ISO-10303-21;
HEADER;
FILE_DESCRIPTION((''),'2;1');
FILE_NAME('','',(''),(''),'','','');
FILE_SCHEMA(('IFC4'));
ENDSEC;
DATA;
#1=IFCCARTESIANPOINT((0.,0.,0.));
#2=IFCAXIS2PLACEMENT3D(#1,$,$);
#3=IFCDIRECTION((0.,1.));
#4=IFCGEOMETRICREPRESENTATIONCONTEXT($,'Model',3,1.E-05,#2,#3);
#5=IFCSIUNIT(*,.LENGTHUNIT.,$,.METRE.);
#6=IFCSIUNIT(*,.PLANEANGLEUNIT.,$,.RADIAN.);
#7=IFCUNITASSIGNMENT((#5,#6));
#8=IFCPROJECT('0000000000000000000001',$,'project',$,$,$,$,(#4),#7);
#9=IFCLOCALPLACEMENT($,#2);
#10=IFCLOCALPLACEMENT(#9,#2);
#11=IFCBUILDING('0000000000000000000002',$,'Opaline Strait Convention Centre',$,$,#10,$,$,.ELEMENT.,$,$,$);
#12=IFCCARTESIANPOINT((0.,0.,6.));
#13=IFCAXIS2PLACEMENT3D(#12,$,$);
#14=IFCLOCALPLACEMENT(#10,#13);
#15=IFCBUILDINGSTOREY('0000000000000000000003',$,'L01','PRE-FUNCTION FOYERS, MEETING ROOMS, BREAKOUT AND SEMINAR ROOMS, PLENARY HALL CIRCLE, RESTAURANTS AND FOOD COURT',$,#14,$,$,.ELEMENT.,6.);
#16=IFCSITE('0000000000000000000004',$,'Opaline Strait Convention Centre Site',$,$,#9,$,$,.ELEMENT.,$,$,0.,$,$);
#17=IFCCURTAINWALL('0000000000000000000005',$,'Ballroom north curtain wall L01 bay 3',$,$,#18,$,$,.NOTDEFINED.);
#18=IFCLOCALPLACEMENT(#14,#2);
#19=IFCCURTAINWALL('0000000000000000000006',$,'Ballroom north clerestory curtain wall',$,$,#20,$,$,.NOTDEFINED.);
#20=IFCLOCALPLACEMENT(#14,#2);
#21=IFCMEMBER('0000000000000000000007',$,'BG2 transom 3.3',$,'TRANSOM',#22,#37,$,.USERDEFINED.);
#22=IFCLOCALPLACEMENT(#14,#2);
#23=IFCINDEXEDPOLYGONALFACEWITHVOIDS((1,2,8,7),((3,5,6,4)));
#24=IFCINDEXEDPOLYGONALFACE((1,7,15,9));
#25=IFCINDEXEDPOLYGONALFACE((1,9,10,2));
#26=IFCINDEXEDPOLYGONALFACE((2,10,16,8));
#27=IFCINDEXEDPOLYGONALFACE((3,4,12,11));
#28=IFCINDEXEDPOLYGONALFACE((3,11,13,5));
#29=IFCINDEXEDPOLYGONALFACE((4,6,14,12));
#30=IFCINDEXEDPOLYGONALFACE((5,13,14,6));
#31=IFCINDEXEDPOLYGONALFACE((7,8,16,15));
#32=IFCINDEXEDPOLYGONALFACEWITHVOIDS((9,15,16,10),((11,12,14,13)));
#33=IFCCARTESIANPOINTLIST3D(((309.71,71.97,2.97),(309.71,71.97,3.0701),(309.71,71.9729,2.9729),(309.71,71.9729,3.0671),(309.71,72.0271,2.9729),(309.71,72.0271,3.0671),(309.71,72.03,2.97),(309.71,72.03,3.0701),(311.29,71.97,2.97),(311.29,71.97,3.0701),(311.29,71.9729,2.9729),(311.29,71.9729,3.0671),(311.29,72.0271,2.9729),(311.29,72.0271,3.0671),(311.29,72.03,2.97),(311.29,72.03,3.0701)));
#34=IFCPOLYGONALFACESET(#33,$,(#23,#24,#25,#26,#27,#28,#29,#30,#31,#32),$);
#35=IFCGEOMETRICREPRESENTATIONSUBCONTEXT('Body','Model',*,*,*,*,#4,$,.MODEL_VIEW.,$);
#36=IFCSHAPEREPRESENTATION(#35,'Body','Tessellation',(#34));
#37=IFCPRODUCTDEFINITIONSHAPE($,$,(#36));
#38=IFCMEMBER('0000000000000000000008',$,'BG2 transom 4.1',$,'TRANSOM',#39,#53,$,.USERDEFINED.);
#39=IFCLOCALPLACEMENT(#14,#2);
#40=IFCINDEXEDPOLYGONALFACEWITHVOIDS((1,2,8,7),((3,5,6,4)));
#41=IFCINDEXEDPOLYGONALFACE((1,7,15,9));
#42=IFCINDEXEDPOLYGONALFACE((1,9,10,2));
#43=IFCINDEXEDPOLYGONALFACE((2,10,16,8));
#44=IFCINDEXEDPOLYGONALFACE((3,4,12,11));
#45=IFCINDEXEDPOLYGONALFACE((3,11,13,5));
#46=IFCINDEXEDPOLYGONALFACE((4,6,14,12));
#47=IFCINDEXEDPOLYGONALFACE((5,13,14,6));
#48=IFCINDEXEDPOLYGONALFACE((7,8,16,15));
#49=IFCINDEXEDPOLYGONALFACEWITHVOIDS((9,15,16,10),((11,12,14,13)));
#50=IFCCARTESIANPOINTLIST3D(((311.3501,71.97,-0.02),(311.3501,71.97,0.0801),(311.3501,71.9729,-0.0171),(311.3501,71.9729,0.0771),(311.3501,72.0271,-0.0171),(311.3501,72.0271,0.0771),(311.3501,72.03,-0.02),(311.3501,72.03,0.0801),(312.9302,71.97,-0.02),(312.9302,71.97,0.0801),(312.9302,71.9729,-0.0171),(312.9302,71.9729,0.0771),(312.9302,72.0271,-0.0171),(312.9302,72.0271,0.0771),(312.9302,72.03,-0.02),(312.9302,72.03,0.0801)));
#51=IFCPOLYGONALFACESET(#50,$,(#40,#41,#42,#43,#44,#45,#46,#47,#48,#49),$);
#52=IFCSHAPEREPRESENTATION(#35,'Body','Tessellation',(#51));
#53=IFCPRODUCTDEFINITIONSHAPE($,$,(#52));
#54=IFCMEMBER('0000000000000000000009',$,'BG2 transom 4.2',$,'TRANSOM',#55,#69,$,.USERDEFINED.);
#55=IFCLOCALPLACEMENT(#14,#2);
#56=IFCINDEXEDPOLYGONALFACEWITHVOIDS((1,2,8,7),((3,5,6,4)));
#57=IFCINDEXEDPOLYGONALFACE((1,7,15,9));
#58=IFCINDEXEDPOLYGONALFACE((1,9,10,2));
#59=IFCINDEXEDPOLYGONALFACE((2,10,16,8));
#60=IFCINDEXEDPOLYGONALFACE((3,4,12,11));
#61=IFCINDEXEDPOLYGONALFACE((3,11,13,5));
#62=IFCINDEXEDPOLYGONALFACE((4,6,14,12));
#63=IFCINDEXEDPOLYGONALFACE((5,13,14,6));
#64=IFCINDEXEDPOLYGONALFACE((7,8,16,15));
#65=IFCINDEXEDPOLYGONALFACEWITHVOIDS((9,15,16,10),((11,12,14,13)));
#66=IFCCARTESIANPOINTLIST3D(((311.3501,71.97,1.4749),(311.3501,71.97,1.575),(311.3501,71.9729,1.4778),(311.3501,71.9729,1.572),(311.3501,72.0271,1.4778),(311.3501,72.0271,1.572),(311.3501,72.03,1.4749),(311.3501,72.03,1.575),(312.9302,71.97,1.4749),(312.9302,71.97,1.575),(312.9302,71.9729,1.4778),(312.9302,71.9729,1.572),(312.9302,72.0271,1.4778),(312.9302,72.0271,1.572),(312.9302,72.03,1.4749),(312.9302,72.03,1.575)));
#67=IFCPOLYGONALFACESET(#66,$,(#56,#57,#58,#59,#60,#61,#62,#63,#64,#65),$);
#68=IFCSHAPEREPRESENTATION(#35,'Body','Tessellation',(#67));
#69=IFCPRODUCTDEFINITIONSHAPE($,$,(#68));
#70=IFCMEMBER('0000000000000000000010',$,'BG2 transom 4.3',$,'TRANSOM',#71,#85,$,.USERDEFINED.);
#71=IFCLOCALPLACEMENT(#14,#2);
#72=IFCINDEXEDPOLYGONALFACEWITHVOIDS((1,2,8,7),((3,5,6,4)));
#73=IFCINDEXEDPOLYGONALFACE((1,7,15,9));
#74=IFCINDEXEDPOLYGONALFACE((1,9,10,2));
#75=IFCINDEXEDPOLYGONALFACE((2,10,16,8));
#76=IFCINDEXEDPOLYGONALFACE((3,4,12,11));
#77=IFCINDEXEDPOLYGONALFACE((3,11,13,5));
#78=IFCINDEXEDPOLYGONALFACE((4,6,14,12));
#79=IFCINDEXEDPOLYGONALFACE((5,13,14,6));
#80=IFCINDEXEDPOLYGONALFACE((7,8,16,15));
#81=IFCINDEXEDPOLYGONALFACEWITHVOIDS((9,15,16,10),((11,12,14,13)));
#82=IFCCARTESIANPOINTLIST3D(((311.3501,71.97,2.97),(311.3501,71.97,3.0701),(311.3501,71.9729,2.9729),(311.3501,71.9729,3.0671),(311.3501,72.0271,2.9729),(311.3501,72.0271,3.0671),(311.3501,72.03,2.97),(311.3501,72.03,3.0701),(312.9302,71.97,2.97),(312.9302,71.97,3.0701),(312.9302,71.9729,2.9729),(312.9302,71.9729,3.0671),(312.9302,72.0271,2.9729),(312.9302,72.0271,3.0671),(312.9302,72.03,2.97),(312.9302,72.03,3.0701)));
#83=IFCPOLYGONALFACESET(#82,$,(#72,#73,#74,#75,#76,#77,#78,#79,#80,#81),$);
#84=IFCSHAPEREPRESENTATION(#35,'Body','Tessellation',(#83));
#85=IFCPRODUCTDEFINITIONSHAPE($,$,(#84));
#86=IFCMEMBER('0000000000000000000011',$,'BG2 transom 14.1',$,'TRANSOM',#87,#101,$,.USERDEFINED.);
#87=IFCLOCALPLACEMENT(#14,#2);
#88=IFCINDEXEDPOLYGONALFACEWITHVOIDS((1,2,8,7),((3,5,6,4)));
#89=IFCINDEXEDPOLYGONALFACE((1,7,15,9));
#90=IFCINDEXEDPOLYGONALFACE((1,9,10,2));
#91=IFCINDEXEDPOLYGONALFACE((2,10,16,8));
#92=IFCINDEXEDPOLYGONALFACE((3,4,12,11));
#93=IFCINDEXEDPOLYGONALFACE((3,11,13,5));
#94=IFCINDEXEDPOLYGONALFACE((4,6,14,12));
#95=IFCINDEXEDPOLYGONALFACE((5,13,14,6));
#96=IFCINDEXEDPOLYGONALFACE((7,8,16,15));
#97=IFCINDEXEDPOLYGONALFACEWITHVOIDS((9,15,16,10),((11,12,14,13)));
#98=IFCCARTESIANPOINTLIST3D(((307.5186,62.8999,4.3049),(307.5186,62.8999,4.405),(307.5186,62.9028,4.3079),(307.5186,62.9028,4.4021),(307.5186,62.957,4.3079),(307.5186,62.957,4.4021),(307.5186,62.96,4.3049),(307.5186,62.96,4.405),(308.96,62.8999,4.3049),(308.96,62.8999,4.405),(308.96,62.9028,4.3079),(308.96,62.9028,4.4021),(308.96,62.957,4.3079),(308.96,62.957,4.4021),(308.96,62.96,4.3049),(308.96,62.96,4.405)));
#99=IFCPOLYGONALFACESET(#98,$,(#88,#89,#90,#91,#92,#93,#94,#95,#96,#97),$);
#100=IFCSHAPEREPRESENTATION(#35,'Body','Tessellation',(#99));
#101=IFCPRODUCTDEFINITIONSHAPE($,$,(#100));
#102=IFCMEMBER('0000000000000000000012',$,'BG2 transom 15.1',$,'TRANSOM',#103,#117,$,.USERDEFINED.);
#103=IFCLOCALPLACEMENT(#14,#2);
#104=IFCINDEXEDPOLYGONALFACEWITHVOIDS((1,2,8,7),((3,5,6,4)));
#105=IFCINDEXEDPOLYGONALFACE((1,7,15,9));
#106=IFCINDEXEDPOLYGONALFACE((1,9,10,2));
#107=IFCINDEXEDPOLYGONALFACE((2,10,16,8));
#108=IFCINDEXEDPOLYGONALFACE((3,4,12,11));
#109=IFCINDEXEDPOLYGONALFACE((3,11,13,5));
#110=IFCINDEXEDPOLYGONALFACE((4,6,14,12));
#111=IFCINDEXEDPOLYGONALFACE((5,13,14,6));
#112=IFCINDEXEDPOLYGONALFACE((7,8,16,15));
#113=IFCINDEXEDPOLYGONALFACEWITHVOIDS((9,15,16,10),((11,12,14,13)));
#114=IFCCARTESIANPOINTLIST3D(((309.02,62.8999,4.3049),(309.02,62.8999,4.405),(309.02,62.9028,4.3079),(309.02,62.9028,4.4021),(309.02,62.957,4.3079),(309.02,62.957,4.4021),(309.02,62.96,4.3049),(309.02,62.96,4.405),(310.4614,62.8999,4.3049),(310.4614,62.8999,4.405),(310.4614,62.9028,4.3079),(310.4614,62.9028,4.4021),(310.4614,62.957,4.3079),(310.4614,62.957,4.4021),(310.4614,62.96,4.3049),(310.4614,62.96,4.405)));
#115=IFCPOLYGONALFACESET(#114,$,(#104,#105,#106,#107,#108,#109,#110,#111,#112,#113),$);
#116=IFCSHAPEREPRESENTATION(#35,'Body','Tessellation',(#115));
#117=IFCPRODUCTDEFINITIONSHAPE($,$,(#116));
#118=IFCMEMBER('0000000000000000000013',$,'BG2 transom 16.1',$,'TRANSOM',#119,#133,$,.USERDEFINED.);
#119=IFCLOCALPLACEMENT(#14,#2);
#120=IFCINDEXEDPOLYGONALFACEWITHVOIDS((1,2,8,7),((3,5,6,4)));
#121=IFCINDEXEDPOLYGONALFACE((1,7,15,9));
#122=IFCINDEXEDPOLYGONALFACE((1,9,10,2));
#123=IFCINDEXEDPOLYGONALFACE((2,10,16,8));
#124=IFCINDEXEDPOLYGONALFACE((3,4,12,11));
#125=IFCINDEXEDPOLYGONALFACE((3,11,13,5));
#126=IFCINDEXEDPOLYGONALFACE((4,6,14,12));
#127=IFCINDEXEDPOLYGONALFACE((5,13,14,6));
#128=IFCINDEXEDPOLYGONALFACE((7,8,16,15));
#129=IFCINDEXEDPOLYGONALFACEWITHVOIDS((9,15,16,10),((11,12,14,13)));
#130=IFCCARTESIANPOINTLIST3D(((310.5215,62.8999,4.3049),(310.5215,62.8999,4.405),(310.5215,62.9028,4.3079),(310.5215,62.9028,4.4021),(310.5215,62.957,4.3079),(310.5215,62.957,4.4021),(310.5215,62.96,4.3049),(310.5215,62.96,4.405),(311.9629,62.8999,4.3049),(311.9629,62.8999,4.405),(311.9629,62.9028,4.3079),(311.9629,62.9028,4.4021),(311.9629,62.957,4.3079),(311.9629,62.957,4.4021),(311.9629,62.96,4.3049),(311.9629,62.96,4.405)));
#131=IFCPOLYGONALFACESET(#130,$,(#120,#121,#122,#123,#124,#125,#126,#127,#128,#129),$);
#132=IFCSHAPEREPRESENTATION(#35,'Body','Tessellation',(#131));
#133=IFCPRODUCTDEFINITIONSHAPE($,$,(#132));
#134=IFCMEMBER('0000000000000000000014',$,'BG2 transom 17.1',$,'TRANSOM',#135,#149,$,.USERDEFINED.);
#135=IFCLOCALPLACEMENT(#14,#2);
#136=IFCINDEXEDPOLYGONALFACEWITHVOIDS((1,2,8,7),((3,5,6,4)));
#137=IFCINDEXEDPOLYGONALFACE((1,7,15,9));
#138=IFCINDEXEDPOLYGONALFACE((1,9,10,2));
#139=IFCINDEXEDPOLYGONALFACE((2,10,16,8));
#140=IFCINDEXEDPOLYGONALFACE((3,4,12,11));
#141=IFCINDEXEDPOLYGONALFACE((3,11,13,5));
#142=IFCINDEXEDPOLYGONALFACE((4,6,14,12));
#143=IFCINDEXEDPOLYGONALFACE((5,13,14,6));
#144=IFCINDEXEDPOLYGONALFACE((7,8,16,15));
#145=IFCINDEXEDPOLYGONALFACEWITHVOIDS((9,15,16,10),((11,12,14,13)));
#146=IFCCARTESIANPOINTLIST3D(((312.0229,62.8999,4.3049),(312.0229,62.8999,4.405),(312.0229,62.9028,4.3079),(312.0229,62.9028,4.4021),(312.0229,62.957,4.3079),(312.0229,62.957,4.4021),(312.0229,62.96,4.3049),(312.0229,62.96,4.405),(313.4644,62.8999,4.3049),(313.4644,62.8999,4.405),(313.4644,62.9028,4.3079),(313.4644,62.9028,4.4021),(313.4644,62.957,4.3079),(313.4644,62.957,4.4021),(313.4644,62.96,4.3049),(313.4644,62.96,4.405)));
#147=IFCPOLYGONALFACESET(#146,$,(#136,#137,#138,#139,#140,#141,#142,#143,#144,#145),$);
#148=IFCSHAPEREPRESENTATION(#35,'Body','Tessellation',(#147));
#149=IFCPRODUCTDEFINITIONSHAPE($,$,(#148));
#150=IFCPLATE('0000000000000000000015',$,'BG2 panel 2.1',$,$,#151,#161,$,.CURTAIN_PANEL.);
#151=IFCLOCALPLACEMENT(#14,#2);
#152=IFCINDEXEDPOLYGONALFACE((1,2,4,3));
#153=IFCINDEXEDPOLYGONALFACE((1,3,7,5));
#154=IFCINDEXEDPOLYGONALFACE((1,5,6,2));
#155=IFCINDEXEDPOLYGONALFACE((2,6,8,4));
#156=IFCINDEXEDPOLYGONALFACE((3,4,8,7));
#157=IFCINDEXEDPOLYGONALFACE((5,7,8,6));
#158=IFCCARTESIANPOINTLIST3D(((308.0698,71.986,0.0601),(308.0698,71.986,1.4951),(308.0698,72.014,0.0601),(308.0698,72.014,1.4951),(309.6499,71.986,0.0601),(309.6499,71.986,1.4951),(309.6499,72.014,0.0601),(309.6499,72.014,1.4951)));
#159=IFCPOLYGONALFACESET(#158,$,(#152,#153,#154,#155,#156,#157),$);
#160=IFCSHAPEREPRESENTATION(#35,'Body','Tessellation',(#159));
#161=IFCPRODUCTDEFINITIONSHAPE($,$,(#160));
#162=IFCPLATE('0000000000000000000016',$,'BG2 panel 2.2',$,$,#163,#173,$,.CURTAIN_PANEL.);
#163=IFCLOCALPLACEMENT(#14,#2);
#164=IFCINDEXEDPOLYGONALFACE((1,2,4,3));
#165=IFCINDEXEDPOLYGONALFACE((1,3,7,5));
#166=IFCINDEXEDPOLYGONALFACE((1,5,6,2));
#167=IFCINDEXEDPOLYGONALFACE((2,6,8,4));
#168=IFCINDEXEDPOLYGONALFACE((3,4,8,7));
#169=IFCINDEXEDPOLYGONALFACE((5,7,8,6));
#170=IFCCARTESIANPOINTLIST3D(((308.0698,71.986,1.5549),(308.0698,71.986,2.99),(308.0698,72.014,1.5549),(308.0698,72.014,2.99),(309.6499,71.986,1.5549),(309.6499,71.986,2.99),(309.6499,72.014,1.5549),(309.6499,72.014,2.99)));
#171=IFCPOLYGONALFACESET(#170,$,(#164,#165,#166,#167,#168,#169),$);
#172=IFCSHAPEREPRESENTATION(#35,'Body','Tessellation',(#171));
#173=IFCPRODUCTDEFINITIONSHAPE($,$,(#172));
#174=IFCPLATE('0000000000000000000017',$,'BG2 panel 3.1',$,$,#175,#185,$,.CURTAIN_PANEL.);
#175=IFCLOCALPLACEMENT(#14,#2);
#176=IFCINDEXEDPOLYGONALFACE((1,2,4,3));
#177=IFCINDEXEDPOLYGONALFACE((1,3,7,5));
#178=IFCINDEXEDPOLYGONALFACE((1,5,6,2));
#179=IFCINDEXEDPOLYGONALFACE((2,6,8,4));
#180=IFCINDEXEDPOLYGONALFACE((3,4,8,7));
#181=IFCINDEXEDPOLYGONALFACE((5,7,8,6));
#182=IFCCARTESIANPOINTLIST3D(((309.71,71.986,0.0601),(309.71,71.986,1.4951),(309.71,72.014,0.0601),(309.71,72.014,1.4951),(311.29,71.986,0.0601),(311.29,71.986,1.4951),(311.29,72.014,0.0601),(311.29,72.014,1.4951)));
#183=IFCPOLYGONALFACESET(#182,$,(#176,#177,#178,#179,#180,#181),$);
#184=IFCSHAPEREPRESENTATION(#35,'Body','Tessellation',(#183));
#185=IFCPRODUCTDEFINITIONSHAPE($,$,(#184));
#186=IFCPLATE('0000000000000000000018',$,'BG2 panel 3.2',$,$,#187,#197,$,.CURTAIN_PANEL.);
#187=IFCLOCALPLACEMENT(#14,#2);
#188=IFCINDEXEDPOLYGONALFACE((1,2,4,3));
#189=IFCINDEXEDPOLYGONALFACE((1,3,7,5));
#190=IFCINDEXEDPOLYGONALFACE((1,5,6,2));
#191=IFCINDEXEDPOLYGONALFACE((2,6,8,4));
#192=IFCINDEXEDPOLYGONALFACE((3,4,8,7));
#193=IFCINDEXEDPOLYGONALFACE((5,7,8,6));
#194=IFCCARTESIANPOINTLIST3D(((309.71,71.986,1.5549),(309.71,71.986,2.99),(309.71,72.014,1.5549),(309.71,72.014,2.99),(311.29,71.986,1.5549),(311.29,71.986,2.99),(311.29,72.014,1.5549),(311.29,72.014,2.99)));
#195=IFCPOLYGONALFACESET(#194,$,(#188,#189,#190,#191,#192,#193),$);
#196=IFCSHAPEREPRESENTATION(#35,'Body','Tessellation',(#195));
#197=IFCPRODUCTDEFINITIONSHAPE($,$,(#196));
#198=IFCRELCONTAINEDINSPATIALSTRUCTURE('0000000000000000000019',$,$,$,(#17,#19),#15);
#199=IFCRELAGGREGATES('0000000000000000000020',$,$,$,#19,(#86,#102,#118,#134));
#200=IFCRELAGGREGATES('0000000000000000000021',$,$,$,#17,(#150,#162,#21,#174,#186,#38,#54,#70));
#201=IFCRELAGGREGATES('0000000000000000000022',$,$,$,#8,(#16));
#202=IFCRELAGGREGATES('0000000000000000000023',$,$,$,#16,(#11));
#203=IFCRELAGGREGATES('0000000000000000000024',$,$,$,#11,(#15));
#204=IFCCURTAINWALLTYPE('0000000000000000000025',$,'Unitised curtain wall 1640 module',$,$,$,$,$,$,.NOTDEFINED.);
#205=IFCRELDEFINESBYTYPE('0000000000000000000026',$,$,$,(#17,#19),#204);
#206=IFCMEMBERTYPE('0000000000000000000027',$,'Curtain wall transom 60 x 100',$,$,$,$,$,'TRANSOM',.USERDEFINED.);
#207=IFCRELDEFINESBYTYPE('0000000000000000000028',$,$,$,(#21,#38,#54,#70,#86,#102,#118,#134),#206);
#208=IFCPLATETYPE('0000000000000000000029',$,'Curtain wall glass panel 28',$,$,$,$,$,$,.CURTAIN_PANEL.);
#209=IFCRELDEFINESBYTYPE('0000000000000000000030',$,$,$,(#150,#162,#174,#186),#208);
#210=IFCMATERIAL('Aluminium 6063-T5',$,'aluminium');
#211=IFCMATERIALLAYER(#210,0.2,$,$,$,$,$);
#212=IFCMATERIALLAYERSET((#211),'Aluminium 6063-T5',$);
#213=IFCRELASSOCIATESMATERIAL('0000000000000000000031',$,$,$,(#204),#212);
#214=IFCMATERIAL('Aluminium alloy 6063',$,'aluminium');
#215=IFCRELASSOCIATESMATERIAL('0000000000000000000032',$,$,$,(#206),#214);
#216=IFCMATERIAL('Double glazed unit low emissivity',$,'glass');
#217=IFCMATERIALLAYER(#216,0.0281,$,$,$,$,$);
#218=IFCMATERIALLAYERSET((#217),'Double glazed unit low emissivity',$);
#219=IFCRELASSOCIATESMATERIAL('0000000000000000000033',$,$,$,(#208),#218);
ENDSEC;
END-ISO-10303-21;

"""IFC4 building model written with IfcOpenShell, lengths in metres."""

from ifc_helpers import new_model, si_unit, direction, frame, origin, origin_2d, place, context, subcontext, project, spatial, rectangle, hollow_rectangle, extrude, material, layer, layer_set, material_profile, profile_set, type_object, element, aggregate, save


model = new_model("IFC4")

# Units and contexts
model_context = context("Model", 3, precision=1e-05, world=origin(), true_north=direction((0.0, 1.0)))
body_context = subcontext(model_context, "Body", "Model", "MODEL_VIEW")
ifc_project = project(units=[si_unit("LENGTHUNIT", "METRE"), si_unit("PLANEANGLEUNIT", "RADIAN")], contexts=[model_context])

# Site, building, storey
site_placement = place(None, origin())
site = spatial("IfcSite", under=ifc_project, at=site_placement, Name="Opaline Strait Convention Centre Site", CompositionType="ELEMENT", RefElevation=0.0)
building_placement = place(site_placement, origin())
building = spatial("IfcBuilding", under=site, at=building_placement, Name="Opaline Strait Convention Centre", CompositionType="ELEMENT")
storey_placement = place(building_placement, frame((0.0, 0.0, 6.0)))
storey = spatial("IfcBuildingStorey", under=building, at=storey_placement, Name="L01", Description="PRE-FUNCTION FOYERS, MEETING ROOMS, BREAKOUT AND SEMINAR ROOMS, PLENARY HALL CIRCLE, RESTAURANTS AND FOOD COURT", CompositionType="ELEMENT", Elevation=6.0)

# Curtain walls
ifc_material_1 = material(Name="Aluminium 6063-T5", Category="aluminium")
ifc_layer_1 = layer(ifc_material_1, 0.2)
ifc_layer_set_1 = layer_set([ifc_layer_1], Name="Aluminium 6063-T5")
curtain_wall_type = type_object("IfcCurtainWallType", Name="Unitised curtain wall 1640 module", PredefinedType="NOTDEFINED", material=ifc_layer_set_1)
curtain_wall_1_placement = place(storey_placement, origin())
curtain_wall_1 = element("IfcCurtainWall", 1, at=curtain_wall_1_placement, inside=storey, type_object=curtain_wall_type, Name="Ballroom north curtain wall L01 bay 3", PredefinedType="NOTDEFINED")
ifc_material_2 = material(Name="Aluminium alloy 6063", Category="aluminium")
curtain_wall_2_placement = place(storey_placement, origin())
curtain_wall_2 = element("IfcCurtainWall", 2, at=curtain_wall_2_placement, inside=storey, type_object=curtain_wall_type, Name="Ballroom north clerestory curtain wall", PredefinedType="NOTDEFINED")

# Members
ifc_material_profile_1 = material_profile(ifc_material_2, hollow_rectangle(XDim=0.0601, YDim=0.1001, WallThickness=0.0029, at=origin_2d()), Name="TRANSOM 60x100x3")
ifc_profile_set_1 = profile_set([ifc_material_profile_1], Name="Aluminium alloy 6063")
member_type_1 = type_object("IfcMemberType", Name="Curtain wall transom 60 x 100", ElementType="TRANSOM", PredefinedType="USERDEFINED", material=ifc_profile_set_1)
member_1_placement = place(storey_placement, frame((309.71, 72.0, 3.02), z_axis=(1.0, 0.0, 0.0), x_axis=(0.0, 1.0, 0.0)))
member_1 = element("IfcMember", 3, at=member_1_placement, type_object=member_type_1, Name="BG2 transom 3.3", ObjectType="TRANSOM", PredefinedType="USERDEFINED", context=body_context, shape_type="SweptSolid", body=[
    extrude(hollow_rectangle(XDim=0.0601, YDim=0.1001, WallThickness=0.0029, at=origin_2d()), origin(), (0.0, 0.0, 1.0), 1.5801),
])
member_2_placement = place(storey_placement, frame((311.3501, 72.0, 0.03), z_axis=(1.0, 0.0, 0.0), x_axis=(0.0, 1.0, 0.0)))
member_2 = element("IfcMember", 4, at=member_2_placement, type_object=member_type_1, Name="BG2 transom 4.1", ObjectType="TRANSOM", PredefinedType="USERDEFINED", context=body_context, shape_type="SweptSolid", body=[
    extrude(hollow_rectangle(XDim=0.0601, YDim=0.1001, WallThickness=0.0029, at=origin_2d()), origin(), (0.0, 0.0, 1.0), 1.5801),
])
member_3_placement = place(storey_placement, frame((311.3501, 72.0, 1.5249), z_axis=(1.0, 0.0, 0.0), x_axis=(0.0, 1.0, 0.0)))
member_3 = element("IfcMember", 5, at=member_3_placement, type_object=member_type_1, Name="BG2 transom 4.2", ObjectType="TRANSOM", PredefinedType="USERDEFINED", context=body_context, shape_type="SweptSolid", body=[
    extrude(hollow_rectangle(XDim=0.0601, YDim=0.1001, WallThickness=0.0029, at=origin_2d()), origin(), (0.0, 0.0, 1.0), 1.5801),
])
member_4_placement = place(storey_placement, frame((311.3501, 72.0, 3.02), z_axis=(1.0, 0.0, 0.0), x_axis=(0.0, 1.0, 0.0)))
member_4 = element("IfcMember", 6, at=member_4_placement, type_object=member_type_1, Name="BG2 transom 4.3", ObjectType="TRANSOM", PredefinedType="USERDEFINED", context=body_context, shape_type="SweptSolid", body=[
    extrude(hollow_rectangle(XDim=0.0601, YDim=0.1001, WallThickness=0.0029, at=origin_2d()), origin(), (0.0, 0.0, 1.0), 1.5801),
])
member_5_placement = place(storey_placement, frame((307.5186, 62.9299, 4.355), z_axis=(1.0, 0.0, 0.0), x_axis=(0.0, 1.0, 0.0)))
member_5 = element("IfcMember", 7, at=member_5_placement, type_object=member_type_1, Name="BG2 transom 14.1", ObjectType="TRANSOM", PredefinedType="USERDEFINED", context=body_context, shape_type="SweptSolid", body=[
    extrude(hollow_rectangle(XDim=0.0601, YDim=0.1001, WallThickness=0.0029, at=origin_2d()), origin(), (0.0, 0.0, 1.0), 1.4414),
])
member_6_placement = place(storey_placement, frame((309.02, 62.9299, 4.355), z_axis=(1.0, 0.0, 0.0), x_axis=(0.0, 1.0, 0.0)))
member_6 = element("IfcMember", 8, at=member_6_placement, type_object=member_type_1, Name="BG2 transom 15.1", ObjectType="TRANSOM", PredefinedType="USERDEFINED", context=body_context, shape_type="SweptSolid", body=[
    extrude(hollow_rectangle(XDim=0.0601, YDim=0.1001, WallThickness=0.0029, at=origin_2d()), origin(), (0.0, 0.0, 1.0), 1.4414),
])
member_7_placement = place(storey_placement, frame((310.5215, 62.9299, 4.355), z_axis=(1.0, 0.0, 0.0), x_axis=(0.0, 1.0, 0.0)))
member_7 = element("IfcMember", 9, at=member_7_placement, type_object=member_type_1, Name="BG2 transom 16.1", ObjectType="TRANSOM", PredefinedType="USERDEFINED", context=body_context, shape_type="SweptSolid", body=[
    extrude(hollow_rectangle(XDim=0.0601, YDim=0.1001, WallThickness=0.0029, at=origin_2d()), origin(), (0.0, 0.0, 1.0), 1.4414),
])
member_8_placement = place(storey_placement, frame((312.0229, 62.9299, 4.355), z_axis=(1.0, 0.0, 0.0), x_axis=(0.0, 1.0, 0.0)))
member_8 = element("IfcMember", 10, at=member_8_placement, type_object=member_type_1, Name="BG2 transom 17.1", ObjectType="TRANSOM", PredefinedType="USERDEFINED", context=body_context, shape_type="SweptSolid", body=[
    extrude(hollow_rectangle(XDim=0.0601, YDim=0.1001, WallThickness=0.0029, at=origin_2d()), origin(), (0.0, 0.0, 1.0), 1.4414),
])
aggregate(curtain_wall_2, [member_5, member_6, member_7, member_8])

# Plates
ifc_material_3 = material(Name="Double glazed unit low emissivity", Category="glass")
ifc_layer_2 = layer(ifc_material_3, 0.0281)
ifc_layer_set_2 = layer_set([ifc_layer_2], Name="Double glazed unit low emissivity")
plate_type = type_object("IfcPlateType", Name="Curtain wall glass panel 28", PredefinedType="CURTAIN_PANEL", material=ifc_layer_set_2)
plate_1_placement = place(storey_placement, frame((308.8599, 72.0, 0.0601), z_axis=(0.0, 0.0, 1.0), x_axis=(1.0, 0.0, 0.0)))
plate_1 = element("IfcPlate", 11, at=plate_1_placement, type_object=plate_type, Name="BG2 panel 2.1", PredefinedType="CURTAIN_PANEL", context=body_context, shape_type="SweptSolid", body=[
    extrude(rectangle(XDim=1.5801, YDim=0.0281, at=origin_2d()), origin(), (0.0, 0.0, 1.0), 1.4351),
])
plate_2_placement = place(storey_placement, frame((308.8599, 72.0, 1.5549), z_axis=(0.0, 0.0, 1.0), x_axis=(1.0, 0.0, 0.0)))
plate_2 = element("IfcPlate", 12, at=plate_2_placement, type_object=plate_type, Name="BG2 panel 2.2", PredefinedType="CURTAIN_PANEL", context=body_context, shape_type="SweptSolid", body=[
    extrude(rectangle(XDim=1.5801, YDim=0.0281, at=origin_2d()), origin(), (0.0, 0.0, 1.0), 1.4351),
])
plate_3_placement = place(storey_placement, frame((310.5, 72.0, 0.0601), z_axis=(0.0, 0.0, 1.0), x_axis=(1.0, 0.0, 0.0)))
plate_3 = element("IfcPlate", 13, at=plate_3_placement, type_object=plate_type, Name="BG2 panel 3.1", PredefinedType="CURTAIN_PANEL", context=body_context, shape_type="SweptSolid", body=[
    extrude(rectangle(XDim=1.5801, YDim=0.0281, at=origin_2d()), origin(), (0.0, 0.0, 1.0), 1.4351),
])
plate_4_placement = place(storey_placement, frame((310.5, 72.0, 1.5549), z_axis=(0.0, 0.0, 1.0), x_axis=(1.0, 0.0, 0.0)))
plate_4 = element("IfcPlate", 14, at=plate_4_placement, type_object=plate_type, Name="BG2 panel 3.2", PredefinedType="CURTAIN_PANEL", context=body_context, shape_type="SweptSolid", body=[
    extrude(rectangle(XDim=1.5801, YDim=0.0281, at=origin_2d()), origin(), (0.0, 0.0, 1.0), 1.4351),
])
aggregate(curtain_wall_1, [plate_1, plate_2, member_1, plate_3, plate_4, member_2, member_3, member_4])

save(model, "model.ifc")
